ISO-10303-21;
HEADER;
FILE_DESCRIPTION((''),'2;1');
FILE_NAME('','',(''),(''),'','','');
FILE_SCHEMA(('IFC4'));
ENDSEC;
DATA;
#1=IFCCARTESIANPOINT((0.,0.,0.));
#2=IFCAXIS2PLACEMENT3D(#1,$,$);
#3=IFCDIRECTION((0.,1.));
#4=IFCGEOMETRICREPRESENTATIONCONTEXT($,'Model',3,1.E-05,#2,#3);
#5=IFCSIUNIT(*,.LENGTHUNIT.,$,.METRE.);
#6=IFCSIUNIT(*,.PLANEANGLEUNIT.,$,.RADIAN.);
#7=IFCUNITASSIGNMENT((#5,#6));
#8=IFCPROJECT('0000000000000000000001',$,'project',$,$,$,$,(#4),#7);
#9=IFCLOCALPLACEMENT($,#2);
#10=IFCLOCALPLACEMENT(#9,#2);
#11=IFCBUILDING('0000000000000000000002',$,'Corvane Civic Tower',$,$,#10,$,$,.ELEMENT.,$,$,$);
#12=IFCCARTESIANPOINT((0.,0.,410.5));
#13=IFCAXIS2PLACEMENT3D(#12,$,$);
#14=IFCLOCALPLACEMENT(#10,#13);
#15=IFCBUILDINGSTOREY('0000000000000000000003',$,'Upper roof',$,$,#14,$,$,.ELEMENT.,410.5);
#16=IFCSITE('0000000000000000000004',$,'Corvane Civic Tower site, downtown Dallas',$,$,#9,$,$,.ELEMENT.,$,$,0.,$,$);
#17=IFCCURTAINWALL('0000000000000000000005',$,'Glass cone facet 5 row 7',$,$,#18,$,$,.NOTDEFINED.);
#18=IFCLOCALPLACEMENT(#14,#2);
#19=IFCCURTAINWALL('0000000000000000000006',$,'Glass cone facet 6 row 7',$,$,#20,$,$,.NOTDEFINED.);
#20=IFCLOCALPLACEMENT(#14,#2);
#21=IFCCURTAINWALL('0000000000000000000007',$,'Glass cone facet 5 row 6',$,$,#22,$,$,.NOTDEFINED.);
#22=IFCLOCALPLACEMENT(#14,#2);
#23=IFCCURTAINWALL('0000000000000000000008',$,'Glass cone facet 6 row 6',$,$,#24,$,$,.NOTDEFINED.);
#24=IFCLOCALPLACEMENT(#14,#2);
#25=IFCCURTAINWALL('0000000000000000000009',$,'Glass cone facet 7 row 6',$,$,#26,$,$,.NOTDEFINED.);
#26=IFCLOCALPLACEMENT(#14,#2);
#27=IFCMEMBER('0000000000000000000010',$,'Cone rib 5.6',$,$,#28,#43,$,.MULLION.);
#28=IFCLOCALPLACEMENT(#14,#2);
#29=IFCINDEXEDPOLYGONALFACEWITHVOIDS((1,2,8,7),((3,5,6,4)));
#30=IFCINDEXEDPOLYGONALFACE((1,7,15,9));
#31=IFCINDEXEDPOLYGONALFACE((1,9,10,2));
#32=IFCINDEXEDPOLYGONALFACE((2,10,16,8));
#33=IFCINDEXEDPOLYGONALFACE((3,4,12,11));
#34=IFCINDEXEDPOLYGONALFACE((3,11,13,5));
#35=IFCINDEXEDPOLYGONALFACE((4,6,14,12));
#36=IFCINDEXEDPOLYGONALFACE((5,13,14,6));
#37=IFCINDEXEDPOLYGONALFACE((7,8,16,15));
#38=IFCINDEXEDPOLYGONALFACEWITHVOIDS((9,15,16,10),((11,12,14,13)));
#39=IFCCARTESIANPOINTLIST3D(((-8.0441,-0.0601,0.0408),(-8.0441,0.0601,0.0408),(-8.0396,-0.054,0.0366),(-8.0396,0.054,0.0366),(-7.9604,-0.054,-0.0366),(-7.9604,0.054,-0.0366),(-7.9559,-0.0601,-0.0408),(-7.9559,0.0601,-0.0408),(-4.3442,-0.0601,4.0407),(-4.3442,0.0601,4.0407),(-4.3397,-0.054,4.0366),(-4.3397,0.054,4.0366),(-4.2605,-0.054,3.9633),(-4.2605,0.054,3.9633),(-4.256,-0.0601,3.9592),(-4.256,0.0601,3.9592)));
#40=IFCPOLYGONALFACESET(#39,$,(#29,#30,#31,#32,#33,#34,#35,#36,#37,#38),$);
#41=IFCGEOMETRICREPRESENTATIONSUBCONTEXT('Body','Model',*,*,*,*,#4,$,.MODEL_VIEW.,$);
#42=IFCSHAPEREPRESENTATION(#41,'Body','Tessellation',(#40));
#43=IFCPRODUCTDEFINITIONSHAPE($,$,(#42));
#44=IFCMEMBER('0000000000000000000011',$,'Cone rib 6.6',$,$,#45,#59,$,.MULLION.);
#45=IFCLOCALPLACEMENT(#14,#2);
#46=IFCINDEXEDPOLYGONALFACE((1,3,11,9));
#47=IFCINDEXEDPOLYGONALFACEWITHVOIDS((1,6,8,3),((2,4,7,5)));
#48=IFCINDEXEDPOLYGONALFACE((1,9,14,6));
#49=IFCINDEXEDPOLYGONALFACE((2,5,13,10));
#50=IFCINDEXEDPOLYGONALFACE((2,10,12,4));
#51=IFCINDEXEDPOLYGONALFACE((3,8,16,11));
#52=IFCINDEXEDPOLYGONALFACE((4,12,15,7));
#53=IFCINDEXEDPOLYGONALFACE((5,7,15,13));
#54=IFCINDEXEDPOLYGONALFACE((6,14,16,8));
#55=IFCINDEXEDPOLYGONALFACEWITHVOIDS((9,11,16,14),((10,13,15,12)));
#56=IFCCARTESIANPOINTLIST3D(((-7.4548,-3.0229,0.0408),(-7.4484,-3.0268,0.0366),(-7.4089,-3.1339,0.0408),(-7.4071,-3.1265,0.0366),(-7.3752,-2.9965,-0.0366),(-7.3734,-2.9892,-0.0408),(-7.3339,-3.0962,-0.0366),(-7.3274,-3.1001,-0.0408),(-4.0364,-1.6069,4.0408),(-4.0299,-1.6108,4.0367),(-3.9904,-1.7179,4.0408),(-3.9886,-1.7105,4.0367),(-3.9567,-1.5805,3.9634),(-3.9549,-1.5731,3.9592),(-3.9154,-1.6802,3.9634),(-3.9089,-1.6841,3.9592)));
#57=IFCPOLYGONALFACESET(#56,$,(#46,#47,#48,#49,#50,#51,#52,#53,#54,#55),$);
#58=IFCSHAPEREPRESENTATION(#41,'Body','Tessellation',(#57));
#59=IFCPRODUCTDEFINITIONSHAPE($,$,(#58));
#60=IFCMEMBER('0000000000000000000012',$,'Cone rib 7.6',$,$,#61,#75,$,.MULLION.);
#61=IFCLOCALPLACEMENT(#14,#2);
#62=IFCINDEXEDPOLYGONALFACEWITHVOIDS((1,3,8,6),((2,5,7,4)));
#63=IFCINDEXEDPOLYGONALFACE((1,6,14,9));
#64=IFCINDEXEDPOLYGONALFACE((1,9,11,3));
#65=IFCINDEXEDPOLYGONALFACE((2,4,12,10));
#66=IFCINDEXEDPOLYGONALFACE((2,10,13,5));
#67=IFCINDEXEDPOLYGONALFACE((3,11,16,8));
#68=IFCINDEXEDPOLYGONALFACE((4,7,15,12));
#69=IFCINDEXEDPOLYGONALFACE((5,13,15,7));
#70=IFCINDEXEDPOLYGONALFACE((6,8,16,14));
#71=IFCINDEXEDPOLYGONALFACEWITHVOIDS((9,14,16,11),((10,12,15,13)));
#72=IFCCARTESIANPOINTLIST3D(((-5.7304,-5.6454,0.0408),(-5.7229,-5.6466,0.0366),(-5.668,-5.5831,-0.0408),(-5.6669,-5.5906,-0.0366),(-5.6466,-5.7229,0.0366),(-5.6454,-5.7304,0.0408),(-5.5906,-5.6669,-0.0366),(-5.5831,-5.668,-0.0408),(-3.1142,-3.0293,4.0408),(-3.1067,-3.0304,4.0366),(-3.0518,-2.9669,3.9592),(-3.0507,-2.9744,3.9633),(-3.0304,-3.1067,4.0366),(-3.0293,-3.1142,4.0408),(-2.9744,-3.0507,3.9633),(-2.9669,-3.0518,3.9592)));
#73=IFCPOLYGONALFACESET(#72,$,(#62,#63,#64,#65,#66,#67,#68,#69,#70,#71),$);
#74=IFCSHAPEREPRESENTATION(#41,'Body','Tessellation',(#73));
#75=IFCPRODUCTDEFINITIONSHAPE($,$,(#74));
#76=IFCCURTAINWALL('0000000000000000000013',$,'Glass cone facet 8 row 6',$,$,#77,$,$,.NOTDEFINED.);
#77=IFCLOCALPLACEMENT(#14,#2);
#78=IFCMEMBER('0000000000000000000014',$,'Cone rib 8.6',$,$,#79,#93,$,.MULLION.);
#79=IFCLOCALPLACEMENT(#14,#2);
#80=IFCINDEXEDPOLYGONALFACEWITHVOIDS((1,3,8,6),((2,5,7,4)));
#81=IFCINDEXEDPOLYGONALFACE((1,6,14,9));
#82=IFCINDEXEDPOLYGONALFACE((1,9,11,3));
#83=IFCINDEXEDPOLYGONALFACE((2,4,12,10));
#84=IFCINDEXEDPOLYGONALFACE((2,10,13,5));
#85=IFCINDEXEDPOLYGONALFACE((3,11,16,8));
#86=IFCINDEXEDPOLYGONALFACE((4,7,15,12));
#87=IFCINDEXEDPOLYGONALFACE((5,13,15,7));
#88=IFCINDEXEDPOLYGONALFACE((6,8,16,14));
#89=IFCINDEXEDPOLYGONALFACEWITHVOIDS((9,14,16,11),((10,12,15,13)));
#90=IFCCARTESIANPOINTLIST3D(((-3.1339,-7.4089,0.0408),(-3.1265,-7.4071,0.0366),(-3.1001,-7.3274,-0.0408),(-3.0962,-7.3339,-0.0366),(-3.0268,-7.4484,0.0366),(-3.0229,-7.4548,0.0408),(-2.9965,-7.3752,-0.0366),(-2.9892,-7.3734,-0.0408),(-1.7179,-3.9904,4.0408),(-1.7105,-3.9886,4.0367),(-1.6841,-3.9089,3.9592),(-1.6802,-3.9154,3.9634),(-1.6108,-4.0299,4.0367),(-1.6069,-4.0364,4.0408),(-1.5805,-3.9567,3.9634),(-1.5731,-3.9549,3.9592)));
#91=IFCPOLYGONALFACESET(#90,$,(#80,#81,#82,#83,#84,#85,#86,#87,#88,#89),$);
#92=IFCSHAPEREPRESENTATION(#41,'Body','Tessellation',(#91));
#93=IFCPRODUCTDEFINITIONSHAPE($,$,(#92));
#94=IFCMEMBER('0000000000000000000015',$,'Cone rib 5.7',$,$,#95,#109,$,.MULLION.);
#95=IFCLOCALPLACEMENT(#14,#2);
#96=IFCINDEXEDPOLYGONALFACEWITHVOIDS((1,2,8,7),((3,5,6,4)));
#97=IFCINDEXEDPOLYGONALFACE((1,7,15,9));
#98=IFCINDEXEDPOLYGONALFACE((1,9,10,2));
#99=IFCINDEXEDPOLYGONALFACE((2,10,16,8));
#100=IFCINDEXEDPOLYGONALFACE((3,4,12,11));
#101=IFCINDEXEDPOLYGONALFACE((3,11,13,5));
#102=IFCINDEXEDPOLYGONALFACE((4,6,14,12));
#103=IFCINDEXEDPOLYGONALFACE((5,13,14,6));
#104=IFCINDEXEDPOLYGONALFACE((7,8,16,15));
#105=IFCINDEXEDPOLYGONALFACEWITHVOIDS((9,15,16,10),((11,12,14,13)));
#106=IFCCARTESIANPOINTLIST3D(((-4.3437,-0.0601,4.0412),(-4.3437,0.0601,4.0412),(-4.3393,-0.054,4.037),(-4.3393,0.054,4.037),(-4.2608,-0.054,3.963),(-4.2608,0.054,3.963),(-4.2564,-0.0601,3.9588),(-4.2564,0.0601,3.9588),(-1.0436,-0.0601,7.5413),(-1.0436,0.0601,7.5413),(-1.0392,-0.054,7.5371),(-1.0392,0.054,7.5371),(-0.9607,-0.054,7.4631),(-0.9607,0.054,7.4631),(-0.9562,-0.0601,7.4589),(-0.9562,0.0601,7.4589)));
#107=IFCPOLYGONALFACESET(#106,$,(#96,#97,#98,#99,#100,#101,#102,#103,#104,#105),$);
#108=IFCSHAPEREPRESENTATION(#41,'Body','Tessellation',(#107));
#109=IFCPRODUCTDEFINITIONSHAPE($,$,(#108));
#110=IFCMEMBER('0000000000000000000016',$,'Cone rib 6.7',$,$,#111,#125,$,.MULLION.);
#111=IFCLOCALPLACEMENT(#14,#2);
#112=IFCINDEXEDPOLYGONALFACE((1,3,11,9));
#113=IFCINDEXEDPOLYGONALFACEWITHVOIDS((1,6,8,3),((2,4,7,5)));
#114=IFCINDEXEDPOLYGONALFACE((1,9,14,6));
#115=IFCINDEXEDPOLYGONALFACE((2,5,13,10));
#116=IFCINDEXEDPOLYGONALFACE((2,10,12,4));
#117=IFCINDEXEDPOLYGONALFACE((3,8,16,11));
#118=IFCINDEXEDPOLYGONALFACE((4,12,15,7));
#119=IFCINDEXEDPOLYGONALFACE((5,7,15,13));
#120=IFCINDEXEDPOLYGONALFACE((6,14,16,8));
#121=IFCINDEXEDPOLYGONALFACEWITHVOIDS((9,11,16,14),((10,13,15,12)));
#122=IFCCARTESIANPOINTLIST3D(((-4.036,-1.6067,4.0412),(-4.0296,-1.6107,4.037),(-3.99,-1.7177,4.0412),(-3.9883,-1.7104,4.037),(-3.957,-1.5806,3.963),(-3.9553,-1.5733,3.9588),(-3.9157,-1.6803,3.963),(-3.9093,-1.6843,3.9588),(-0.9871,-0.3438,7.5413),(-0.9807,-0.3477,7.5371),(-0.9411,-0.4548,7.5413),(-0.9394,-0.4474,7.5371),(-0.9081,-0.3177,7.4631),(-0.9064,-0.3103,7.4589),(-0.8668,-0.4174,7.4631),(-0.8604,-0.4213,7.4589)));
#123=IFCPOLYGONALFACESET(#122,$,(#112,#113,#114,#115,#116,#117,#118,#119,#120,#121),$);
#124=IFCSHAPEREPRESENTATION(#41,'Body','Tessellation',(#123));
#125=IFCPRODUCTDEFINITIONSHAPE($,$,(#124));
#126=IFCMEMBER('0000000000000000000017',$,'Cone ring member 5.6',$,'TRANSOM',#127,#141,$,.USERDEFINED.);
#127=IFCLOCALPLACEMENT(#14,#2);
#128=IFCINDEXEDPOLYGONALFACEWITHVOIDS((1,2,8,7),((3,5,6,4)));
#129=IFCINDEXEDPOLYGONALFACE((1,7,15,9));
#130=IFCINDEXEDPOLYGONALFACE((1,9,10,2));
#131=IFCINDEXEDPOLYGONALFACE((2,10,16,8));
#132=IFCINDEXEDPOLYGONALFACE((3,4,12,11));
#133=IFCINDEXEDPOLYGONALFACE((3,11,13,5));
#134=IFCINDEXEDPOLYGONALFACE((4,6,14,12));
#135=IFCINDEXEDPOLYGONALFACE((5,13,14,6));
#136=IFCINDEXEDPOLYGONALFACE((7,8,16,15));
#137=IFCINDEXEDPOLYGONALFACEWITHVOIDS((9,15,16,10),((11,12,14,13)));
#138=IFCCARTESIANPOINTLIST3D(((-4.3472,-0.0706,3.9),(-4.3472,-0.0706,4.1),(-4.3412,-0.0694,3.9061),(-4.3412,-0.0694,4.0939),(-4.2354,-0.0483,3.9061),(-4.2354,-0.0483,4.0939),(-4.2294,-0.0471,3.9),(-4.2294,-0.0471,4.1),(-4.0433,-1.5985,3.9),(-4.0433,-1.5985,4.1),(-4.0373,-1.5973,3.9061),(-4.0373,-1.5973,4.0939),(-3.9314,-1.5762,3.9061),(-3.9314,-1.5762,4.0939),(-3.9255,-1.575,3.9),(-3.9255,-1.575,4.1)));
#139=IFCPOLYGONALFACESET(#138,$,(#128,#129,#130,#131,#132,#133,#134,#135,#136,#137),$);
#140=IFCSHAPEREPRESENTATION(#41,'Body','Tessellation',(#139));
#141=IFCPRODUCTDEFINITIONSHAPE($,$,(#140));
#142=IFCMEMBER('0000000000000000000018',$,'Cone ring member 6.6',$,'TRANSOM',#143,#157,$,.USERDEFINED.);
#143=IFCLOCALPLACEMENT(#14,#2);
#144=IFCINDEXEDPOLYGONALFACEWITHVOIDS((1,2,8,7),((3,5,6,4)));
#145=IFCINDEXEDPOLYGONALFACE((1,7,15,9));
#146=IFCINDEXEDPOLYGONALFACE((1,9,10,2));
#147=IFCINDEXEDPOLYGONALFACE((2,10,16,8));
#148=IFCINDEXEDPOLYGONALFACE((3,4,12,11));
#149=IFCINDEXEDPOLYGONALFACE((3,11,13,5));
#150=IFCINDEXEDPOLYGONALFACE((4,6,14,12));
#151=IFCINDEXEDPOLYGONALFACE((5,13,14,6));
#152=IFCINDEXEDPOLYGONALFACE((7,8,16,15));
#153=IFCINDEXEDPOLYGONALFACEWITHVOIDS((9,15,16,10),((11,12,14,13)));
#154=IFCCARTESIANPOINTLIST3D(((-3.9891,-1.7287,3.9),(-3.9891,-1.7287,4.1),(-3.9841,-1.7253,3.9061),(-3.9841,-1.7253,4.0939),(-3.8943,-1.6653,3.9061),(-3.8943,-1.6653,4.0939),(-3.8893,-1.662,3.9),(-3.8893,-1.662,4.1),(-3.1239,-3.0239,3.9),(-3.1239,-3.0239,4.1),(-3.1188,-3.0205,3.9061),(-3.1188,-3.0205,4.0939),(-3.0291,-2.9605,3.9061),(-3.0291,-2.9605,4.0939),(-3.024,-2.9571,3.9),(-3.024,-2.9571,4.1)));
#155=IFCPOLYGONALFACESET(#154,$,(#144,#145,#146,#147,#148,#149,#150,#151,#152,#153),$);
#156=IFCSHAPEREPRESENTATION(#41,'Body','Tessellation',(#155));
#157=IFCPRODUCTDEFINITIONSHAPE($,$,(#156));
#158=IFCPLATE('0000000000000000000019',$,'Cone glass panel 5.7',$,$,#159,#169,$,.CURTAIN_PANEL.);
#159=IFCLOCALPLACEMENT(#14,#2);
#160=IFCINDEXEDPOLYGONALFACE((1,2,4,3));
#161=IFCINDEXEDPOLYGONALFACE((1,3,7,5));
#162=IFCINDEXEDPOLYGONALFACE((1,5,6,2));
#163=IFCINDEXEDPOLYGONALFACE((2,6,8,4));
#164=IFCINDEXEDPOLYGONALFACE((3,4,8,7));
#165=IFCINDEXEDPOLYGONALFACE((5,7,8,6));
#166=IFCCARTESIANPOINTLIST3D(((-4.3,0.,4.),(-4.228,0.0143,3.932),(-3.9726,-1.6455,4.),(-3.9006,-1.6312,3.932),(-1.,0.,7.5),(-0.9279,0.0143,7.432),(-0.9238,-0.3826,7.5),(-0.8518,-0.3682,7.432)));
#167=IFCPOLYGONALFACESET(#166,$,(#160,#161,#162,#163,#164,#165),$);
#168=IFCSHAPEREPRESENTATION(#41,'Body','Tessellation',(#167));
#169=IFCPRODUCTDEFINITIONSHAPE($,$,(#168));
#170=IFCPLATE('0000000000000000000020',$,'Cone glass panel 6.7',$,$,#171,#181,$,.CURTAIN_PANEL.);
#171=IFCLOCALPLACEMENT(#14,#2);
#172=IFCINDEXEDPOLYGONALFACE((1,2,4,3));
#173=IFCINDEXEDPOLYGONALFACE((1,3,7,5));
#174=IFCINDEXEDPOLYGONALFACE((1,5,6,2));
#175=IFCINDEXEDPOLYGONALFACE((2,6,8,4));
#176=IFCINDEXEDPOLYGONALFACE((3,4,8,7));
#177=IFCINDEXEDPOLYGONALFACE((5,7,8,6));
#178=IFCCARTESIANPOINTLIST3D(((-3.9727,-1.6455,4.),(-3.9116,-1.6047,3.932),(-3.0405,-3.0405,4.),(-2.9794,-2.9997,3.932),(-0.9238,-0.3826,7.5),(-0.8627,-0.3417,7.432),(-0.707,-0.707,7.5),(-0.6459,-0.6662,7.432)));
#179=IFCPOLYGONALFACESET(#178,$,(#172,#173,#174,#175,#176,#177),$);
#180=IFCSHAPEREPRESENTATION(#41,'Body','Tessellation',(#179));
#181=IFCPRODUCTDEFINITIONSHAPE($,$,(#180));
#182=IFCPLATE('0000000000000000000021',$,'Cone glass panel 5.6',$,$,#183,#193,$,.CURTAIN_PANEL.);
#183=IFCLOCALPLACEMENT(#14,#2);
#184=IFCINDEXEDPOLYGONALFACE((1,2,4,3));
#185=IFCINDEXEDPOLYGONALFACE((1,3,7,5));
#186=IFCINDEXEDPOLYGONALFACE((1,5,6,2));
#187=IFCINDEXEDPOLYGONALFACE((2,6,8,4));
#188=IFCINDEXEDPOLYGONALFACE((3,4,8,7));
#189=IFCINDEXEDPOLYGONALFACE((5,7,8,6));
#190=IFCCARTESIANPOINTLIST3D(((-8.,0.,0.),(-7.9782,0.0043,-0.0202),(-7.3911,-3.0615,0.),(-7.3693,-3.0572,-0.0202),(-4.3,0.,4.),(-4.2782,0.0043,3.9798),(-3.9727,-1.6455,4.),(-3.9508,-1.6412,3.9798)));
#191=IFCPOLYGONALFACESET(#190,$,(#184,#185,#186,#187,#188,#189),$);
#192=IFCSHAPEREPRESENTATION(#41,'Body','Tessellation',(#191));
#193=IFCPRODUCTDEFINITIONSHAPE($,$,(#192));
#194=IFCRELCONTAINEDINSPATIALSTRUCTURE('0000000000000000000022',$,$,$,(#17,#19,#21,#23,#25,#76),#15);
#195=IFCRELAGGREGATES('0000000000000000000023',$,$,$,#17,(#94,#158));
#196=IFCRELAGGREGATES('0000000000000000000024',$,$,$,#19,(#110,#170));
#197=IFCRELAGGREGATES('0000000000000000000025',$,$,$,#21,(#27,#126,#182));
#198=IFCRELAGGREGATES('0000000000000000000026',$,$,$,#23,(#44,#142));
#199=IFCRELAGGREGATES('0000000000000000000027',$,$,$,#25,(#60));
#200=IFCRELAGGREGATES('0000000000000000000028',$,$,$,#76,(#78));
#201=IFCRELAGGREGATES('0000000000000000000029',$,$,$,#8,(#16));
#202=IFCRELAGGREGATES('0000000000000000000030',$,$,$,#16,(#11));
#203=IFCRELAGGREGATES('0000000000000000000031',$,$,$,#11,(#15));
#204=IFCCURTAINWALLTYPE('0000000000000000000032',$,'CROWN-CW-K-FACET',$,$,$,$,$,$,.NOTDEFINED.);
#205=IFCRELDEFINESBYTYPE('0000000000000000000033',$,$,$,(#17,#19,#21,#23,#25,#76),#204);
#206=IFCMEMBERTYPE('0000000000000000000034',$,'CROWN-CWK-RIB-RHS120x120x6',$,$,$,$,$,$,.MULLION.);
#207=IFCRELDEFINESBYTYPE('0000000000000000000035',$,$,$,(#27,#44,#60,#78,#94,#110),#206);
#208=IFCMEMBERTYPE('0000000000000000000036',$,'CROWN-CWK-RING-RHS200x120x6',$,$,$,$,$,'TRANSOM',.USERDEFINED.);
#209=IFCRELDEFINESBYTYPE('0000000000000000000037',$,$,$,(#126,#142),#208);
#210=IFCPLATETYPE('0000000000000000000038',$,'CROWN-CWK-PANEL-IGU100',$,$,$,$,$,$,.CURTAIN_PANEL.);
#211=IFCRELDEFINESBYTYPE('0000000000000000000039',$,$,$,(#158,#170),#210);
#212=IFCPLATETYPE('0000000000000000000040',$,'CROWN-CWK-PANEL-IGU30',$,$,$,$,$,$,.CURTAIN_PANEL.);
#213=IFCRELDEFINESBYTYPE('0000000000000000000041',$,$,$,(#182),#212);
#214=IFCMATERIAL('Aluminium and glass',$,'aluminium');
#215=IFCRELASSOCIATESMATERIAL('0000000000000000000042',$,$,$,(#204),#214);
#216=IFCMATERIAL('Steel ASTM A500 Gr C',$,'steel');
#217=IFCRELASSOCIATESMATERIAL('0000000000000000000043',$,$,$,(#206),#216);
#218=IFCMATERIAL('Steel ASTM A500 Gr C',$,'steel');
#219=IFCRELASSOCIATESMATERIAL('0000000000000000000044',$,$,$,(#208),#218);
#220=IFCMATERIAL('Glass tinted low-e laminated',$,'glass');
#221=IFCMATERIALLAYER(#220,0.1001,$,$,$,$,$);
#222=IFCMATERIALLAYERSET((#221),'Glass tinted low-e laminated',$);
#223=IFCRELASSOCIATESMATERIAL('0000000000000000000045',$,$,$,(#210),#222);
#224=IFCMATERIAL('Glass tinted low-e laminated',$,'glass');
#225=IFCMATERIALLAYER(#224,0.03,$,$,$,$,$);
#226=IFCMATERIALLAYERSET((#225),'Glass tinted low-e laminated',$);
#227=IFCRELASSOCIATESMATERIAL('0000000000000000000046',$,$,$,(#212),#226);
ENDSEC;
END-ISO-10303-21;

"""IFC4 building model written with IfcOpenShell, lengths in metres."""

from ifc_helpers import new_model, si_unit, direction, frame, origin, origin_2d, place, context, subcontext, project, spatial, polyline, hollow_rectangle, outline, extrude, material, layer, layer_set, material_profile, profile_set, type_object, element, aggregate, save


model = new_model("IFC4")

# Units and contexts
model_context = context("Model", 3, precision=1e-05, world=origin(), true_north=direction((0.0, 1.0)))
body_context = subcontext(model_context, "Body", "Model", "MODEL_VIEW")
ifc_project = project(units=[si_unit("LENGTHUNIT", "METRE"), si_unit("PLANEANGLEUNIT", "RADIAN")], contexts=[model_context])

# Site, building, storey
site_placement = place(None, origin())
site = spatial("IfcSite", under=ifc_project, at=site_placement, Name="Corvane Civic Tower site, downtown Dallas", CompositionType="ELEMENT", RefElevation=0.0)
building_placement = place(site_placement, origin())
building = spatial("IfcBuilding", under=site, at=building_placement, Name="Corvane Civic Tower", CompositionType="ELEMENT")
storey_placement = place(building_placement, frame((0.0, 0.0, 410.5)))
storey = spatial("IfcBuildingStorey", under=building, at=storey_placement, Name="Upper roof", CompositionType="ELEMENT", Elevation=410.5)

# Curtain walls
ifc_material_1 = material(Name="Aluminium and glass", Category="aluminium")
curtain_wall_type = type_object("IfcCurtainWallType", Name="CROWN-CW-K-FACET", PredefinedType="NOTDEFINED", material=ifc_material_1)
curtain_wall_1_placement = place(storey_placement, origin())
curtain_wall_1 = element("IfcCurtainWall", 1, at=curtain_wall_1_placement, inside=storey, type_object=curtain_wall_type, Name="Glass cone facet 5 row 7", PredefinedType="NOTDEFINED")
curtain_wall_2_placement = place(storey_placement, origin())
curtain_wall_2 = element("IfcCurtainWall", 2, at=curtain_wall_2_placement, inside=storey, type_object=curtain_wall_type, Name="Glass cone facet 6 row 7", PredefinedType="NOTDEFINED")

# Curtain walls
curtain_wall_3_placement = place(storey_placement, origin())
curtain_wall_3 = element("IfcCurtainWall", 3, at=curtain_wall_3_placement, inside=storey, type_object=curtain_wall_type, Name="Glass cone facet 5 row 6", PredefinedType="NOTDEFINED")
curtain_wall_4_placement = place(storey_placement, origin())
curtain_wall_4 = element("IfcCurtainWall", 4, at=curtain_wall_4_placement, inside=storey, type_object=curtain_wall_type, Name="Glass cone facet 6 row 6", PredefinedType="NOTDEFINED")
curtain_wall_5_placement = place(storey_placement, origin())
curtain_wall_5 = element("IfcCurtainWall", 5, at=curtain_wall_5_placement, inside=storey, type_object=curtain_wall_type, Name="Glass cone facet 7 row 6", PredefinedType="NOTDEFINED")

# Members
ifc_material_2 = material(Name="Steel ASTM A500 Gr C", Category="steel")
ifc_material_profile_1 = material_profile(ifc_material_2, hollow_rectangle(XDim=0.1201, YDim=0.1201, WallThickness=0.0061, at=origin_2d()), Name="RHS 120x120x6")
ifc_profile_set_1 = profile_set([ifc_material_profile_1], Name="Steel ASTM A500 Gr C")
member_type_1 = type_object("IfcMemberType", Name="CROWN-CWK-RIB-RHS120x120x6", PredefinedType="MULLION", material=ifc_profile_set_1)
member_1_placement = place(storey_placement, frame((-8.0, 0.0, 0.0), z_axis=(0.679037, 0.0, 0.734104), x_axis=(0.0, 1.0, 0.0)))
member_1 = element("IfcMember", 6, at=member_1_placement, type_object=member_type_1, Name="Cone rib 5.6", PredefinedType="MULLION", context=body_context, shape_type="SweptSolid", body=[
    extrude(hollow_rectangle(XDim=0.1201, YDim=0.1201, WallThickness=0.0061, at=origin_2d()), origin(), (0.0, 0.0, 1.0), 5.4487),
])
member_2_placement = place(storey_placement, frame((-7.3911, -3.0615, 0.0), z_axis=(0.627362, 0.25987, 0.734088), x_axis=(-0.382694, 0.923875, 0.0)))
member_2 = element("IfcMember", 7, at=member_2_placement, type_object=member_type_1, Name="Cone rib 6.6", PredefinedType="MULLION", context=body_context, shape_type="SweptSolid", body=[
    extrude(hollow_rectangle(XDim=0.1201, YDim=0.1201, WallThickness=0.0061, at=origin_2d()), origin(), (0.0, 0.0, 1.0), 5.449),
])
member_3_placement = place(storey_placement, frame((-5.6567, -5.6567, 0.0), z_axis=(0.480147, 0.480147, 0.73411), x_axis=(-0.707107, 0.707107, 0.0)))
member_3 = element("IfcMember", 8, at=member_3_placement, type_object=member_type_1, Name="Cone rib 7.6", PredefinedType="MULLION", context=body_context, shape_type="SweptSolid", body=[
    extrude(hollow_rectangle(XDim=0.1201, YDim=0.1201, WallThickness=0.0061, at=origin_2d()), origin(), (0.0, 0.0, 1.0), 5.4487),
])

# Curtain wall, member
curtain_wall_6_placement = place(storey_placement, origin())
curtain_wall_6 = element("IfcCurtainWall", 9, at=curtain_wall_6_placement, inside=storey, type_object=curtain_wall_type, Name="Glass cone facet 8 row 6", PredefinedType="NOTDEFINED")
member_4_placement = place(storey_placement, frame((-3.0615, -7.3911, 0.0), z_axis=(0.25987, 0.627362, 0.734088), x_axis=(-0.923875, 0.382694, 0.0)))
member_4 = element("IfcMember", 10, at=member_4_placement, type_object=member_type_1, Name="Cone rib 8.6", PredefinedType="MULLION", context=body_context, shape_type="SweptSolid", body=[
    extrude(hollow_rectangle(XDim=0.1201, YDim=0.1201, WallThickness=0.0061, at=origin_2d()), origin(), (0.0, 0.0, 1.0), 5.449),
])

# Members
member_5_placement = place(storey_placement, frame((-4.3, 0.0, 4.0), z_axis=(0.686018, 0.0, 0.727584), x_axis=(0.0, 1.0, 0.0)))
member_5 = element("IfcMember", 11, at=member_5_placement, type_object=member_type_1, Name="Cone rib 5.7", PredefinedType="MULLION", context=body_context, shape_type="SweptSolid", body=[
    extrude(hollow_rectangle(XDim=0.1201, YDim=0.1201, WallThickness=0.0061, at=origin_2d()), origin(), (0.0, 0.0, 1.0), 4.8105),
])
member_6_placement = place(storey_placement, frame((-3.9727, -1.6455, 4.0), z_axis=(0.633794, 0.262541, 0.727584), x_axis=(-0.382702, 0.923872, 0.0)))
member_6 = element("IfcMember", 12, at=member_6_placement, type_object=member_type_1, Name="Cone rib 6.7", PredefinedType="MULLION", context=body_context, shape_type="SweptSolid", body=[
    extrude(hollow_rectangle(XDim=0.1201, YDim=0.1201, WallThickness=0.0061, at=origin_2d()), origin(), (0.0, 0.0, 1.0), 4.8105),
])
ifc_material_3 = material(Name="Steel ASTM A500 Gr C", Category="steel")
ifc_material_profile_2 = material_profile(ifc_material_3, hollow_rectangle(XDim=0.1201, YDim=0.2, WallThickness=0.0061, at=origin_2d()), Name="RHS 200x120x6")
ifc_profile_set_2 = profile_set([ifc_material_profile_2], Name="Steel ASTM A500 Gr C")
member_type_2 = type_object("IfcMemberType", Name="CROWN-CWK-RING-RHS200x120x6", ElementType="TRANSOM", PredefinedType="USERDEFINED", material=ifc_profile_set_2)
member_7_placement = place(storey_placement, frame((-4.2883, -0.0588, 4.0), z_axis=(0.195121, -0.980779, 0.0), x_axis=(0.980779, 0.195121, 0.0)))
member_7 = element("IfcMember", 13, at=member_7_placement, type_object=member_type_2, Name="Cone ring member 5.6", ObjectType="TRANSOM", PredefinedType="USERDEFINED", context=body_context, shape_type="SweptSolid", body=[
    extrude(hollow_rectangle(XDim=0.1201, YDim=0.2, WallThickness=0.0061, at=origin_2d()), origin(), (0.0, 0.0, 1.0), 1.5579),
])
member_8_placement = place(storey_placement, frame((-3.9392, -1.6953, 4.0), z_axis=(0.555496, -0.831519, 0.0), x_axis=(0.831519, 0.555496, 0.0)))
member_8 = element("IfcMember", 14, at=member_8_placement, type_object=member_type_2, Name="Cone ring member 6.6", ObjectType="TRANSOM", PredefinedType="USERDEFINED", context=body_context, shape_type="SweptSolid", body=[
    extrude(hollow_rectangle(XDim=0.1201, YDim=0.2, WallThickness=0.0061, at=origin_2d()), origin(), (0.0, 0.0, 1.0), 1.5576),
])

# Plates
ifc_material_4 = material(Name="Glass tinted low-e laminated", Category="glass")
ifc_layer_1 = layer(ifc_material_4, 0.1001)
ifc_layer_set_1 = layer_set([ifc_layer_1], Name="Glass tinted low-e laminated")
plate_type_1 = type_object("IfcPlateType", Name="CROWN-CWK-PANEL-IGU100", PredefinedType="CURTAIN_PANEL", material=ifc_layer_set_1)
plate_1_placement = place(storey_placement, frame((-4.3, 0.0, 4.0), z_axis=(-0.720072, -0.143286, 0.678944), x_axis=(0.195151, -0.980773, -0.000013)))
plate_1 = element("IfcPlate", 15, at=plate_1_placement, type_object=plate_type_1, Name="Cone glass panel 5.7", PredefinedType="CURTAIN_PANEL", context=body_context, shape_type="SweptSolid", body=[
    extrude(outline(polyline([(0.0, 0.0), (1.6778, 0.0), (1.034, 4.7672), (0.644, 4.7671), (0.0, 0.0)])), origin(), (0.0, 0.0, -1.0), 0.1001),
])
aggregate(curtain_wall_1, [member_5, plate_1])
plate_2_placement = place(storey_placement, frame((-3.9727, -1.6455, 4.0), z_axis=(-0.610454, -0.407894, 0.678947), x_axis=(0.555572, -0.831468, 0.000001)))
plate_2 = element("IfcPlate", 16, at=plate_2_placement, type_object=plate_type_1, Name="Cone glass panel 6.7", PredefinedType="CURTAIN_PANEL", context=body_context, shape_type="SweptSolid", body=[
    extrude(outline(polyline([(0.0, 0.0), (1.6778, 0.0), (1.034, 4.7672), (0.6438, 4.7672), (0.0, 0.0)])), origin(), (0.0, 0.0, -1.0), 0.1001),
])
aggregate(curtain_wall_2, [member_6, plate_2])
ifc_material_5 = material(Name="Glass tinted low-e laminated", Category="glass")
ifc_layer_2 = layer(ifc_material_5, 0.03)
ifc_layer_set_2 = layer_set([ifc_layer_2], Name="Glass tinted low-e laminated")
plate_type_2 = type_object("IfcPlateType", Name="CROWN-CWK-PANEL-IGU30", PredefinedType="CURTAIN_PANEL", material=ifc_layer_set_2)
plate_3_placement = place(storey_placement, frame((-8.0, 0.0, 0.0), z_axis=(-0.726393, -0.144487, 0.67192), x_axis=(0.195077, -0.980788, -0.000013)))
plate_3 = element("IfcPlate", 17, at=plate_3_placement, type_object=plate_type_2, Name="Cone glass panel 5.6", PredefinedType="CURTAIN_PANEL", context=body_context, shape_type="SweptSolid", body=[
    extrude(outline(polyline([(0.0, 0.0), (3.1215, 0.0), (2.3995, 5.4009), (0.7217, 5.4008), (0.0, 0.0)])), origin(), (0.0, 0.0, -1.0), 0.03),
])
aggregate(curtain_wall_3, [member_1, member_7, plate_3])
aggregate(curtain_wall_4, [member_2, member_8])
aggregate(curtain_wall_5, [member_3])
aggregate(curtain_wall_6, [member_4])

save(model, "model.ifc")
